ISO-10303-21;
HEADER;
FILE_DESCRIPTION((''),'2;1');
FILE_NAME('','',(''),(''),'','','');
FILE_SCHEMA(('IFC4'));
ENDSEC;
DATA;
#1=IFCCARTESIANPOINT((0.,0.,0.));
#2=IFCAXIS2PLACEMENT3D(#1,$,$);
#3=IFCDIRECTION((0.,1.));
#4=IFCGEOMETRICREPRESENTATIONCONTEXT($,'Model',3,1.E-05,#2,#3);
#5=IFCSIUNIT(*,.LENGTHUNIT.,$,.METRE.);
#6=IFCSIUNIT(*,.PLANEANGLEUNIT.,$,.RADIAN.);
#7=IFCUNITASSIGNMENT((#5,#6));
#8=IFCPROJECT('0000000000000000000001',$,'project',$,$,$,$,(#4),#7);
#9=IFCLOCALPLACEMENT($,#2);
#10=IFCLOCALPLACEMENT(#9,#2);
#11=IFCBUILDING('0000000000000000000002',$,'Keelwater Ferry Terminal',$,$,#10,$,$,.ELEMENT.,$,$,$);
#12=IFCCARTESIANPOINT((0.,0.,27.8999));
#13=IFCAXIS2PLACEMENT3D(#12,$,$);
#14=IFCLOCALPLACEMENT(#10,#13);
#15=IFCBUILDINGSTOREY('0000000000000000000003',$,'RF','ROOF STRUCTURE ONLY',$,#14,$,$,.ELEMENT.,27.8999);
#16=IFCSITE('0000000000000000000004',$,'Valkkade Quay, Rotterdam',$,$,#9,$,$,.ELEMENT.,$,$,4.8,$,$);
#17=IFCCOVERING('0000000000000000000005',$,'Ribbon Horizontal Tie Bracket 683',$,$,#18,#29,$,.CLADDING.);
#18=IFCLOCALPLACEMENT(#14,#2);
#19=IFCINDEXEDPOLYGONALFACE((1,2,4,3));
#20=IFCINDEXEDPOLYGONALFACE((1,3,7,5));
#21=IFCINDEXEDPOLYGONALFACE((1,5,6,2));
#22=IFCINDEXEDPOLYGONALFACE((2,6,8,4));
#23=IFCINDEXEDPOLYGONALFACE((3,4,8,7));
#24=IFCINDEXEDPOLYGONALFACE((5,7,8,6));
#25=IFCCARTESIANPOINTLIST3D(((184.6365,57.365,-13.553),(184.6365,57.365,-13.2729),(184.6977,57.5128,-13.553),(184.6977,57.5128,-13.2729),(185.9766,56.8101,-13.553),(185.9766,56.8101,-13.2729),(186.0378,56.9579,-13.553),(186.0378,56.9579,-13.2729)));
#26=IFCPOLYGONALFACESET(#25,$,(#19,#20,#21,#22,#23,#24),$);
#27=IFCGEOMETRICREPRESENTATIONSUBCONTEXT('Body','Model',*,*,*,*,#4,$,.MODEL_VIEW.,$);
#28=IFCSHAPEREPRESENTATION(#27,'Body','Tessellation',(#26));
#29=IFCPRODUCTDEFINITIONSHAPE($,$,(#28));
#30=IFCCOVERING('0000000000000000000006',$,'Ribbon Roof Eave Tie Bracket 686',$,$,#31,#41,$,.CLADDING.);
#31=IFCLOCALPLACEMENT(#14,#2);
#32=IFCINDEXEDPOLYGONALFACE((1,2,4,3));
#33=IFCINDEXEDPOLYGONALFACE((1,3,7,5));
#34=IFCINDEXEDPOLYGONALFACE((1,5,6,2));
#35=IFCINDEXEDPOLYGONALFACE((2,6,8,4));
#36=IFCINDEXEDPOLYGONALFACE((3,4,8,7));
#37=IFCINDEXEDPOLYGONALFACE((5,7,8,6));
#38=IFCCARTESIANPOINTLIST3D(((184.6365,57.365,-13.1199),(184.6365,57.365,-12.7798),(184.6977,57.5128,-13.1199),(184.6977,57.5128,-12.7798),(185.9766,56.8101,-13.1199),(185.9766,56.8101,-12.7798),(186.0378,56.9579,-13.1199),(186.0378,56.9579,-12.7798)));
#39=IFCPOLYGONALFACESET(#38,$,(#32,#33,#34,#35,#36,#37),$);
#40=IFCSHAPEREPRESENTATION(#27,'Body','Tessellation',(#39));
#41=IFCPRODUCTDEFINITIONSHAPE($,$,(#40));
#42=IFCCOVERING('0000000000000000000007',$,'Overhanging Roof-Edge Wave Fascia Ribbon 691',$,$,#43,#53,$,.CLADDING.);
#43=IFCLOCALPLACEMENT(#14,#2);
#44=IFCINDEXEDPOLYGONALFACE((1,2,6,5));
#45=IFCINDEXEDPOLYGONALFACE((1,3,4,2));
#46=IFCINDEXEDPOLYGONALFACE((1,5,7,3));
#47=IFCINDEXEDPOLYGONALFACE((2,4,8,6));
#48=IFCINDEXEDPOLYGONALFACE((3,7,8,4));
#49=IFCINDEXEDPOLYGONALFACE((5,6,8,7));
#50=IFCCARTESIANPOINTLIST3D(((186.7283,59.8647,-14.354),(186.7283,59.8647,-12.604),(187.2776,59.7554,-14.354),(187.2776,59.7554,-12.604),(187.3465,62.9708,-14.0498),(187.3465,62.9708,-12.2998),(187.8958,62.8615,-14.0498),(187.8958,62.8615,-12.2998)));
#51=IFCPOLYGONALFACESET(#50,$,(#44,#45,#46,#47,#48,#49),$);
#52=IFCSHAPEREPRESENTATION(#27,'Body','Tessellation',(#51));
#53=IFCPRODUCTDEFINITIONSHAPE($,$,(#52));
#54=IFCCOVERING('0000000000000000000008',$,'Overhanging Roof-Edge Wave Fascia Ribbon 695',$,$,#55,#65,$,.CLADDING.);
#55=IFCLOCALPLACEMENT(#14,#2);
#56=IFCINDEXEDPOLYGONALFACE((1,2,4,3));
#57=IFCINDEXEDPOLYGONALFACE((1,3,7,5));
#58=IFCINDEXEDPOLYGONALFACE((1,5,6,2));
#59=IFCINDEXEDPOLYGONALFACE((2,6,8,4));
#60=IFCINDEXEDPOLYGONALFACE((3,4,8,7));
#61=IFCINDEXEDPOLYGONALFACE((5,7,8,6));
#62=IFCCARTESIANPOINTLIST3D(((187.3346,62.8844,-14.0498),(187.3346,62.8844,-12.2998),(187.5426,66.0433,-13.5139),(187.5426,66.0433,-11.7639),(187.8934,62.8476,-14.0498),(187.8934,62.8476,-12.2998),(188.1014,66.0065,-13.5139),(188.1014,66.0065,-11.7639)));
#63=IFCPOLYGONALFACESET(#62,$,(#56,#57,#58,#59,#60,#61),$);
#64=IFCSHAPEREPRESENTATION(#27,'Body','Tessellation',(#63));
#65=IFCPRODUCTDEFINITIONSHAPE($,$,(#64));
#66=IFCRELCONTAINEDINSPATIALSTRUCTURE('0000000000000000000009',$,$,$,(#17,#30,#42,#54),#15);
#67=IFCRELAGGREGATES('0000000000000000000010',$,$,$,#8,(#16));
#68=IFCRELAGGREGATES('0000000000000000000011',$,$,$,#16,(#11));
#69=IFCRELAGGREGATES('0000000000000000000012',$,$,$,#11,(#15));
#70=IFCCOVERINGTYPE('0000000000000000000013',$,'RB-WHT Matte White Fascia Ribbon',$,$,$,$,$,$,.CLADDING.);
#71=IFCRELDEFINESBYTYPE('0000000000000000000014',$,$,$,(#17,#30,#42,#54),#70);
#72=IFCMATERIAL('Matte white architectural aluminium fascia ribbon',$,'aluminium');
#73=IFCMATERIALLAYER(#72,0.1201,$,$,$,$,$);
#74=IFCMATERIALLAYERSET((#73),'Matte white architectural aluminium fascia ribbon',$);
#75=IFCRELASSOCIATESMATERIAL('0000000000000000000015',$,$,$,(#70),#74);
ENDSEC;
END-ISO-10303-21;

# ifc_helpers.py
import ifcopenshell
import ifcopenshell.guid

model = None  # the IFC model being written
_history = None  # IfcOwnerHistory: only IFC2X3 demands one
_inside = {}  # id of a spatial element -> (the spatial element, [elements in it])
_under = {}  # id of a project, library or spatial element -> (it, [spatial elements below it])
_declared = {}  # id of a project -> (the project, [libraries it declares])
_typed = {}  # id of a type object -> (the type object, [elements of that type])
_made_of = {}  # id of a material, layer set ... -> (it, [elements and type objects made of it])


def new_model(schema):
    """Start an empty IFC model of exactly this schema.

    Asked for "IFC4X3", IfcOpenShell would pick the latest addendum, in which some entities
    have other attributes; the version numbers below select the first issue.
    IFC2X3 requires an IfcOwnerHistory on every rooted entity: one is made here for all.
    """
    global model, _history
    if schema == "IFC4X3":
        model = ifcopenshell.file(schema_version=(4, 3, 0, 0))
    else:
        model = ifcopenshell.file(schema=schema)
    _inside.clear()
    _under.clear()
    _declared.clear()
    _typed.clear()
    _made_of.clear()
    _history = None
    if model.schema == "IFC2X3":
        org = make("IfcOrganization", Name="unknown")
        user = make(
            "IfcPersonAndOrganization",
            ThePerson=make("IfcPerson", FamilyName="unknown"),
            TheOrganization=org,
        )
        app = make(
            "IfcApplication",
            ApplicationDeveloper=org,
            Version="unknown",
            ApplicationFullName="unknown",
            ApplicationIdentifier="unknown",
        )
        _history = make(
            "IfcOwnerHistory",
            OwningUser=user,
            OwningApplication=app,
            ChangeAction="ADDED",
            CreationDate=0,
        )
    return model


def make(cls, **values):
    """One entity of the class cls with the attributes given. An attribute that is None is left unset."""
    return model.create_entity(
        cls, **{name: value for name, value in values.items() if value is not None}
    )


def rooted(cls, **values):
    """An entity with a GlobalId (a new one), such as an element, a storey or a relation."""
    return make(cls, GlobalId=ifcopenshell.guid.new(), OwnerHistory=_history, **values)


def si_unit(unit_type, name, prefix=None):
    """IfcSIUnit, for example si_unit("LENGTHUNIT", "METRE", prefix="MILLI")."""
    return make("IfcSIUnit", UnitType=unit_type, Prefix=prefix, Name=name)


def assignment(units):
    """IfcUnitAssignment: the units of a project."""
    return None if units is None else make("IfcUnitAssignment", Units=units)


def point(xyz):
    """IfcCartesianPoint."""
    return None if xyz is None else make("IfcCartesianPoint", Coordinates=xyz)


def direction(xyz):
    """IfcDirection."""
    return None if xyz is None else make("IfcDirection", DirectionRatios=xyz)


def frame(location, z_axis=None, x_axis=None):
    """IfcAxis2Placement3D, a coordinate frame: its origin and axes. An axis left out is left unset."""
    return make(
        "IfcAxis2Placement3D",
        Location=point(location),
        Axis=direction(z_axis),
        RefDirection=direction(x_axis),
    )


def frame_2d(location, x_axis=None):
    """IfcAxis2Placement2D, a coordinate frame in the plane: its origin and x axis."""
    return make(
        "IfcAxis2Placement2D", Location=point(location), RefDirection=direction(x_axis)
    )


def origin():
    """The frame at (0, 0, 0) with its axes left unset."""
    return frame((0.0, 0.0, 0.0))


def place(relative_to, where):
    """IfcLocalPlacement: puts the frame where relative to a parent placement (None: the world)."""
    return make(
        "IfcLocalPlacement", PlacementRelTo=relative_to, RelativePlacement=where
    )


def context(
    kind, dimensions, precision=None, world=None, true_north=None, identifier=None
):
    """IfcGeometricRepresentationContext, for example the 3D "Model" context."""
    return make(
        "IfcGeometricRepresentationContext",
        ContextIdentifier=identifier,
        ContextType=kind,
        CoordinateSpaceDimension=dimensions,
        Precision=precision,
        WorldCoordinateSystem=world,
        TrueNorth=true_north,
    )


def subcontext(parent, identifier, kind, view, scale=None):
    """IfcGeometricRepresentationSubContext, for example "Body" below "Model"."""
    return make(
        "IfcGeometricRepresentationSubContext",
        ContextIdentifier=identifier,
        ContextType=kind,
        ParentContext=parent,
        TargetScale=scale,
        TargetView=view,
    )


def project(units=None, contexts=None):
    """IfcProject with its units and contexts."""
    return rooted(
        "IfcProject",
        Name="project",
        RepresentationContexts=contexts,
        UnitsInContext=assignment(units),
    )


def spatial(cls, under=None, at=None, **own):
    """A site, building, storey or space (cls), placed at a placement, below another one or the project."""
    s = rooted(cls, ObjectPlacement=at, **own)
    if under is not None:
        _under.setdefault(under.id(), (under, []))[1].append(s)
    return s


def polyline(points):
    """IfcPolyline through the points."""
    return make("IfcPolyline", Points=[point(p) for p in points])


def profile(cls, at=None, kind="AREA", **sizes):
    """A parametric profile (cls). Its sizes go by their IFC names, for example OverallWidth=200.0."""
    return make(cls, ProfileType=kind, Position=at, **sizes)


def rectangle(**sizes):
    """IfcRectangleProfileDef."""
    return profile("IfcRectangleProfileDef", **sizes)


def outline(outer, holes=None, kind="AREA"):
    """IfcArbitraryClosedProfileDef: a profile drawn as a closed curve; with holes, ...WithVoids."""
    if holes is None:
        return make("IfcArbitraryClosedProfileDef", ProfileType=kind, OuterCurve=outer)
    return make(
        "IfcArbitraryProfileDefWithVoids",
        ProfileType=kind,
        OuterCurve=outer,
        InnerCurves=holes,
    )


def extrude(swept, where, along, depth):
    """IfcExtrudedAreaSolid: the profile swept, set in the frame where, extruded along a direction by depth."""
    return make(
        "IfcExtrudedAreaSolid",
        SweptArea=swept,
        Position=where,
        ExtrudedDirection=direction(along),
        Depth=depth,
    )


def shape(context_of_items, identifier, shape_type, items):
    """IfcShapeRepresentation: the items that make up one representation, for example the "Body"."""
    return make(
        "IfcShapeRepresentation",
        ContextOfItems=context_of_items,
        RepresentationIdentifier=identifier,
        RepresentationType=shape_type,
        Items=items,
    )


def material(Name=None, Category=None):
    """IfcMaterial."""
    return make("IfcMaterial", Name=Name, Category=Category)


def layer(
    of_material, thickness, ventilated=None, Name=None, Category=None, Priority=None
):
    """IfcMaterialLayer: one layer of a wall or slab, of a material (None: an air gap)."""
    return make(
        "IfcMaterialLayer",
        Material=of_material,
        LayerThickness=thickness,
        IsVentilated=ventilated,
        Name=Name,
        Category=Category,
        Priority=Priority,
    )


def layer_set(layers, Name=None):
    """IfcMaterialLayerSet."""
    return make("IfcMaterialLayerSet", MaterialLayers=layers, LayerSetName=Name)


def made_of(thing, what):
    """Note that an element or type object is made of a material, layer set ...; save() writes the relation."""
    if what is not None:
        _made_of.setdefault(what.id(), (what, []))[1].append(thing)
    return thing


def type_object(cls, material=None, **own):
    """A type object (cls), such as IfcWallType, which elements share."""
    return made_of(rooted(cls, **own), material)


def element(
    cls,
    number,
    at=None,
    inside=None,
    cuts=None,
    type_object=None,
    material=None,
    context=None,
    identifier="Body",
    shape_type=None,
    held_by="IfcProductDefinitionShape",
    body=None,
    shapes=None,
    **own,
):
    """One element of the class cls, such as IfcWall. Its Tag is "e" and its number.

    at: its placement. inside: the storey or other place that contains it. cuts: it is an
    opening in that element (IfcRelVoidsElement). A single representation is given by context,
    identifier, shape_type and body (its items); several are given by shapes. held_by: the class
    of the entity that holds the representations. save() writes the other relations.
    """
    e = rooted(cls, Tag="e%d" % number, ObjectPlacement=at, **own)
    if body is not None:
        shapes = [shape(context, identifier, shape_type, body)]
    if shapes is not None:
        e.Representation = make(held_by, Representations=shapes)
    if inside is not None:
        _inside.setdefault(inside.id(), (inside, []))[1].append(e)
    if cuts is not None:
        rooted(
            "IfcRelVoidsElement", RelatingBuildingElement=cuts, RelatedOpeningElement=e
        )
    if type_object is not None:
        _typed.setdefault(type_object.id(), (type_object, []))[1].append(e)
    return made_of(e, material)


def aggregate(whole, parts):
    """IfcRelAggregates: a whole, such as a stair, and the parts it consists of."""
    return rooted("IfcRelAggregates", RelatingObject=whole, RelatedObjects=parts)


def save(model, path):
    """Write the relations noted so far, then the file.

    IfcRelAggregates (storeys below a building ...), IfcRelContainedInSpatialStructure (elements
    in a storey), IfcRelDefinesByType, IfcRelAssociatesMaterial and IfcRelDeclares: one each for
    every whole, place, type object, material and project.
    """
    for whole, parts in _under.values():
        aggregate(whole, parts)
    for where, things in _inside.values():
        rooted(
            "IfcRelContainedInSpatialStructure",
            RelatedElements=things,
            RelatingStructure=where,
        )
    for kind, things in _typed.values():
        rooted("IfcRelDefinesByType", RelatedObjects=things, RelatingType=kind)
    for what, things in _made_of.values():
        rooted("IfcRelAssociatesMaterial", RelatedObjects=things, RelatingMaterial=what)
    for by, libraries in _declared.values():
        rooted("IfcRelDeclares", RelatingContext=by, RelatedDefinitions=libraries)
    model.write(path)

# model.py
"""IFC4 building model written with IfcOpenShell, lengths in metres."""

from ifc_helpers import new_model, si_unit, direction, frame, frame_2d, origin, place, context, subcontext, project, spatial, polyline, rectangle, outline, extrude, material, layer, layer_set, type_object, element, save


model = new_model("IFC4")

# Units and contexts
model_context = context("Model", 3, precision=1e-05, world=origin(), true_north=direction((0.0, 1.0)))
body_context = subcontext(model_context, "Body", "Model", "MODEL_VIEW")
ifc_project = project(units=[si_unit("LENGTHUNIT", "METRE"), si_unit("PLANEANGLEUNIT", "RADIAN")], contexts=[model_context])

# Site, building, storey
site_placement = place(None, origin())
site = spatial("IfcSite", under=ifc_project, at=site_placement, Name="Valkkade Quay, Rotterdam", CompositionType="ELEMENT", RefElevation=4.8)
building_placement = place(site_placement, origin())
building = spatial("IfcBuilding", under=site, at=building_placement, Name="Keelwater Ferry Terminal", CompositionType="ELEMENT")
storey_placement = place(building_placement, frame((0.0, 0.0, 27.8999)))
storey = spatial("IfcBuildingStorey", under=building, at=storey_placement, Name="RF", Description="ROOF STRUCTURE ONLY", CompositionType="ELEMENT", Elevation=27.8999)

# Coverings
ifc_material_1 = material(Name="Matte white architectural aluminium fascia ribbon", Category="aluminium")
ifc_layer_1 = layer(ifc_material_1, 0.1201)
ifc_layer_set_1 = layer_set([ifc_layer_1], Name="Matte white architectural aluminium fascia ribbon")
covering_type = type_object("IfcCoveringType", Name="RB-WHT Matte White Fascia Ribbon", PredefinedType="CLADDING", material=ifc_layer_set_1)
covering_1_placement = place(storey_placement, frame((186.0071, 56.884, -13.553), z_axis=(0.0, 0.0, 1.0), x_axis=(-0.923916, 0.382595, 0.0)))
element("IfcCovering", 1, at=covering_1_placement, inside=storey, type_object=covering_type, Name="Ribbon Horizontal Tie Bracket 683", PredefinedType="CLADDING", context=body_context, shape_type="SweptSolid", body=[
    extrude(rectangle(XDim=1.4504, YDim=0.1599, at=frame_2d((0.7251, 0.0))), origin(), (0.0, 0.0, 1.0), 0.28),
])
covering_2_placement = place(storey_placement, frame((186.0071, 56.884, -13.1199), z_axis=(0.0, 0.0, 1.0), x_axis=(-0.923916, 0.382595, 0.0)))
element("IfcCovering", 2, at=covering_2_placement, inside=storey, type_object=covering_type, Name="Ribbon Roof Eave Tie Bracket 686", PredefinedType="CLADDING", context=body_context, shape_type="SweptSolid", body=[
    extrude(rectangle(XDim=1.4504, YDim=0.1599, at=frame_2d((0.7251, 0.0))), origin(), (0.0, 0.0, 1.0), 0.3401),
])
covering_3_placement = place(storey_placement, frame((187.0029, 59.8101, -14.354), z_axis=(0.0, 0.0, 1.0), x_axis=(0.195197, 0.980764, 0.0)))
element("IfcCovering", 3, at=covering_3_placement, inside=storey, type_object=covering_type, Name="Overhanging Roof-Edge Wave Fascia Ribbon 691", PredefinedType="CLADDING", context=body_context, shape_type="SweptSolid", body=[
    extrude(outline(polyline([(0.0, 0.0), (3.167, 0.3042), (3.167, 2.0542), (0.0, 1.75), (0.0, 0.0)])), frame((0.0, 0.28, 0.0), z_axis=(0.0, -1.0, 0.0), x_axis=(1.0, 0.0, 0.0)), (0.0, 0.0, 1.0), 0.5601),
])
covering_4_placement = place(storey_placement, frame((187.614, 62.866, -14.0498), z_axis=(0.0, 0.0, 1.0), x_axis=(0.065705, 0.997839, 0.0)))
element("IfcCovering", 4, at=covering_4_placement, inside=storey, type_object=covering_type, Name="Overhanging Roof-Edge Wave Fascia Ribbon 695", PredefinedType="CLADDING", context=body_context, shape_type="SweptSolid", body=[
    extrude(outline(polyline([(0.0, 0.0), (3.1658, 0.5359), (3.1658, 2.2859), (0.0, 1.75), (0.0, 0.0)])), frame((0.0, 0.28, 0.0), z_axis=(0.0, -1.0, 0.0), x_axis=(1.0, 0.0, 0.0)), (0.0, 0.0, 1.0), 0.5601),
])

save(model, "model.ifc")
